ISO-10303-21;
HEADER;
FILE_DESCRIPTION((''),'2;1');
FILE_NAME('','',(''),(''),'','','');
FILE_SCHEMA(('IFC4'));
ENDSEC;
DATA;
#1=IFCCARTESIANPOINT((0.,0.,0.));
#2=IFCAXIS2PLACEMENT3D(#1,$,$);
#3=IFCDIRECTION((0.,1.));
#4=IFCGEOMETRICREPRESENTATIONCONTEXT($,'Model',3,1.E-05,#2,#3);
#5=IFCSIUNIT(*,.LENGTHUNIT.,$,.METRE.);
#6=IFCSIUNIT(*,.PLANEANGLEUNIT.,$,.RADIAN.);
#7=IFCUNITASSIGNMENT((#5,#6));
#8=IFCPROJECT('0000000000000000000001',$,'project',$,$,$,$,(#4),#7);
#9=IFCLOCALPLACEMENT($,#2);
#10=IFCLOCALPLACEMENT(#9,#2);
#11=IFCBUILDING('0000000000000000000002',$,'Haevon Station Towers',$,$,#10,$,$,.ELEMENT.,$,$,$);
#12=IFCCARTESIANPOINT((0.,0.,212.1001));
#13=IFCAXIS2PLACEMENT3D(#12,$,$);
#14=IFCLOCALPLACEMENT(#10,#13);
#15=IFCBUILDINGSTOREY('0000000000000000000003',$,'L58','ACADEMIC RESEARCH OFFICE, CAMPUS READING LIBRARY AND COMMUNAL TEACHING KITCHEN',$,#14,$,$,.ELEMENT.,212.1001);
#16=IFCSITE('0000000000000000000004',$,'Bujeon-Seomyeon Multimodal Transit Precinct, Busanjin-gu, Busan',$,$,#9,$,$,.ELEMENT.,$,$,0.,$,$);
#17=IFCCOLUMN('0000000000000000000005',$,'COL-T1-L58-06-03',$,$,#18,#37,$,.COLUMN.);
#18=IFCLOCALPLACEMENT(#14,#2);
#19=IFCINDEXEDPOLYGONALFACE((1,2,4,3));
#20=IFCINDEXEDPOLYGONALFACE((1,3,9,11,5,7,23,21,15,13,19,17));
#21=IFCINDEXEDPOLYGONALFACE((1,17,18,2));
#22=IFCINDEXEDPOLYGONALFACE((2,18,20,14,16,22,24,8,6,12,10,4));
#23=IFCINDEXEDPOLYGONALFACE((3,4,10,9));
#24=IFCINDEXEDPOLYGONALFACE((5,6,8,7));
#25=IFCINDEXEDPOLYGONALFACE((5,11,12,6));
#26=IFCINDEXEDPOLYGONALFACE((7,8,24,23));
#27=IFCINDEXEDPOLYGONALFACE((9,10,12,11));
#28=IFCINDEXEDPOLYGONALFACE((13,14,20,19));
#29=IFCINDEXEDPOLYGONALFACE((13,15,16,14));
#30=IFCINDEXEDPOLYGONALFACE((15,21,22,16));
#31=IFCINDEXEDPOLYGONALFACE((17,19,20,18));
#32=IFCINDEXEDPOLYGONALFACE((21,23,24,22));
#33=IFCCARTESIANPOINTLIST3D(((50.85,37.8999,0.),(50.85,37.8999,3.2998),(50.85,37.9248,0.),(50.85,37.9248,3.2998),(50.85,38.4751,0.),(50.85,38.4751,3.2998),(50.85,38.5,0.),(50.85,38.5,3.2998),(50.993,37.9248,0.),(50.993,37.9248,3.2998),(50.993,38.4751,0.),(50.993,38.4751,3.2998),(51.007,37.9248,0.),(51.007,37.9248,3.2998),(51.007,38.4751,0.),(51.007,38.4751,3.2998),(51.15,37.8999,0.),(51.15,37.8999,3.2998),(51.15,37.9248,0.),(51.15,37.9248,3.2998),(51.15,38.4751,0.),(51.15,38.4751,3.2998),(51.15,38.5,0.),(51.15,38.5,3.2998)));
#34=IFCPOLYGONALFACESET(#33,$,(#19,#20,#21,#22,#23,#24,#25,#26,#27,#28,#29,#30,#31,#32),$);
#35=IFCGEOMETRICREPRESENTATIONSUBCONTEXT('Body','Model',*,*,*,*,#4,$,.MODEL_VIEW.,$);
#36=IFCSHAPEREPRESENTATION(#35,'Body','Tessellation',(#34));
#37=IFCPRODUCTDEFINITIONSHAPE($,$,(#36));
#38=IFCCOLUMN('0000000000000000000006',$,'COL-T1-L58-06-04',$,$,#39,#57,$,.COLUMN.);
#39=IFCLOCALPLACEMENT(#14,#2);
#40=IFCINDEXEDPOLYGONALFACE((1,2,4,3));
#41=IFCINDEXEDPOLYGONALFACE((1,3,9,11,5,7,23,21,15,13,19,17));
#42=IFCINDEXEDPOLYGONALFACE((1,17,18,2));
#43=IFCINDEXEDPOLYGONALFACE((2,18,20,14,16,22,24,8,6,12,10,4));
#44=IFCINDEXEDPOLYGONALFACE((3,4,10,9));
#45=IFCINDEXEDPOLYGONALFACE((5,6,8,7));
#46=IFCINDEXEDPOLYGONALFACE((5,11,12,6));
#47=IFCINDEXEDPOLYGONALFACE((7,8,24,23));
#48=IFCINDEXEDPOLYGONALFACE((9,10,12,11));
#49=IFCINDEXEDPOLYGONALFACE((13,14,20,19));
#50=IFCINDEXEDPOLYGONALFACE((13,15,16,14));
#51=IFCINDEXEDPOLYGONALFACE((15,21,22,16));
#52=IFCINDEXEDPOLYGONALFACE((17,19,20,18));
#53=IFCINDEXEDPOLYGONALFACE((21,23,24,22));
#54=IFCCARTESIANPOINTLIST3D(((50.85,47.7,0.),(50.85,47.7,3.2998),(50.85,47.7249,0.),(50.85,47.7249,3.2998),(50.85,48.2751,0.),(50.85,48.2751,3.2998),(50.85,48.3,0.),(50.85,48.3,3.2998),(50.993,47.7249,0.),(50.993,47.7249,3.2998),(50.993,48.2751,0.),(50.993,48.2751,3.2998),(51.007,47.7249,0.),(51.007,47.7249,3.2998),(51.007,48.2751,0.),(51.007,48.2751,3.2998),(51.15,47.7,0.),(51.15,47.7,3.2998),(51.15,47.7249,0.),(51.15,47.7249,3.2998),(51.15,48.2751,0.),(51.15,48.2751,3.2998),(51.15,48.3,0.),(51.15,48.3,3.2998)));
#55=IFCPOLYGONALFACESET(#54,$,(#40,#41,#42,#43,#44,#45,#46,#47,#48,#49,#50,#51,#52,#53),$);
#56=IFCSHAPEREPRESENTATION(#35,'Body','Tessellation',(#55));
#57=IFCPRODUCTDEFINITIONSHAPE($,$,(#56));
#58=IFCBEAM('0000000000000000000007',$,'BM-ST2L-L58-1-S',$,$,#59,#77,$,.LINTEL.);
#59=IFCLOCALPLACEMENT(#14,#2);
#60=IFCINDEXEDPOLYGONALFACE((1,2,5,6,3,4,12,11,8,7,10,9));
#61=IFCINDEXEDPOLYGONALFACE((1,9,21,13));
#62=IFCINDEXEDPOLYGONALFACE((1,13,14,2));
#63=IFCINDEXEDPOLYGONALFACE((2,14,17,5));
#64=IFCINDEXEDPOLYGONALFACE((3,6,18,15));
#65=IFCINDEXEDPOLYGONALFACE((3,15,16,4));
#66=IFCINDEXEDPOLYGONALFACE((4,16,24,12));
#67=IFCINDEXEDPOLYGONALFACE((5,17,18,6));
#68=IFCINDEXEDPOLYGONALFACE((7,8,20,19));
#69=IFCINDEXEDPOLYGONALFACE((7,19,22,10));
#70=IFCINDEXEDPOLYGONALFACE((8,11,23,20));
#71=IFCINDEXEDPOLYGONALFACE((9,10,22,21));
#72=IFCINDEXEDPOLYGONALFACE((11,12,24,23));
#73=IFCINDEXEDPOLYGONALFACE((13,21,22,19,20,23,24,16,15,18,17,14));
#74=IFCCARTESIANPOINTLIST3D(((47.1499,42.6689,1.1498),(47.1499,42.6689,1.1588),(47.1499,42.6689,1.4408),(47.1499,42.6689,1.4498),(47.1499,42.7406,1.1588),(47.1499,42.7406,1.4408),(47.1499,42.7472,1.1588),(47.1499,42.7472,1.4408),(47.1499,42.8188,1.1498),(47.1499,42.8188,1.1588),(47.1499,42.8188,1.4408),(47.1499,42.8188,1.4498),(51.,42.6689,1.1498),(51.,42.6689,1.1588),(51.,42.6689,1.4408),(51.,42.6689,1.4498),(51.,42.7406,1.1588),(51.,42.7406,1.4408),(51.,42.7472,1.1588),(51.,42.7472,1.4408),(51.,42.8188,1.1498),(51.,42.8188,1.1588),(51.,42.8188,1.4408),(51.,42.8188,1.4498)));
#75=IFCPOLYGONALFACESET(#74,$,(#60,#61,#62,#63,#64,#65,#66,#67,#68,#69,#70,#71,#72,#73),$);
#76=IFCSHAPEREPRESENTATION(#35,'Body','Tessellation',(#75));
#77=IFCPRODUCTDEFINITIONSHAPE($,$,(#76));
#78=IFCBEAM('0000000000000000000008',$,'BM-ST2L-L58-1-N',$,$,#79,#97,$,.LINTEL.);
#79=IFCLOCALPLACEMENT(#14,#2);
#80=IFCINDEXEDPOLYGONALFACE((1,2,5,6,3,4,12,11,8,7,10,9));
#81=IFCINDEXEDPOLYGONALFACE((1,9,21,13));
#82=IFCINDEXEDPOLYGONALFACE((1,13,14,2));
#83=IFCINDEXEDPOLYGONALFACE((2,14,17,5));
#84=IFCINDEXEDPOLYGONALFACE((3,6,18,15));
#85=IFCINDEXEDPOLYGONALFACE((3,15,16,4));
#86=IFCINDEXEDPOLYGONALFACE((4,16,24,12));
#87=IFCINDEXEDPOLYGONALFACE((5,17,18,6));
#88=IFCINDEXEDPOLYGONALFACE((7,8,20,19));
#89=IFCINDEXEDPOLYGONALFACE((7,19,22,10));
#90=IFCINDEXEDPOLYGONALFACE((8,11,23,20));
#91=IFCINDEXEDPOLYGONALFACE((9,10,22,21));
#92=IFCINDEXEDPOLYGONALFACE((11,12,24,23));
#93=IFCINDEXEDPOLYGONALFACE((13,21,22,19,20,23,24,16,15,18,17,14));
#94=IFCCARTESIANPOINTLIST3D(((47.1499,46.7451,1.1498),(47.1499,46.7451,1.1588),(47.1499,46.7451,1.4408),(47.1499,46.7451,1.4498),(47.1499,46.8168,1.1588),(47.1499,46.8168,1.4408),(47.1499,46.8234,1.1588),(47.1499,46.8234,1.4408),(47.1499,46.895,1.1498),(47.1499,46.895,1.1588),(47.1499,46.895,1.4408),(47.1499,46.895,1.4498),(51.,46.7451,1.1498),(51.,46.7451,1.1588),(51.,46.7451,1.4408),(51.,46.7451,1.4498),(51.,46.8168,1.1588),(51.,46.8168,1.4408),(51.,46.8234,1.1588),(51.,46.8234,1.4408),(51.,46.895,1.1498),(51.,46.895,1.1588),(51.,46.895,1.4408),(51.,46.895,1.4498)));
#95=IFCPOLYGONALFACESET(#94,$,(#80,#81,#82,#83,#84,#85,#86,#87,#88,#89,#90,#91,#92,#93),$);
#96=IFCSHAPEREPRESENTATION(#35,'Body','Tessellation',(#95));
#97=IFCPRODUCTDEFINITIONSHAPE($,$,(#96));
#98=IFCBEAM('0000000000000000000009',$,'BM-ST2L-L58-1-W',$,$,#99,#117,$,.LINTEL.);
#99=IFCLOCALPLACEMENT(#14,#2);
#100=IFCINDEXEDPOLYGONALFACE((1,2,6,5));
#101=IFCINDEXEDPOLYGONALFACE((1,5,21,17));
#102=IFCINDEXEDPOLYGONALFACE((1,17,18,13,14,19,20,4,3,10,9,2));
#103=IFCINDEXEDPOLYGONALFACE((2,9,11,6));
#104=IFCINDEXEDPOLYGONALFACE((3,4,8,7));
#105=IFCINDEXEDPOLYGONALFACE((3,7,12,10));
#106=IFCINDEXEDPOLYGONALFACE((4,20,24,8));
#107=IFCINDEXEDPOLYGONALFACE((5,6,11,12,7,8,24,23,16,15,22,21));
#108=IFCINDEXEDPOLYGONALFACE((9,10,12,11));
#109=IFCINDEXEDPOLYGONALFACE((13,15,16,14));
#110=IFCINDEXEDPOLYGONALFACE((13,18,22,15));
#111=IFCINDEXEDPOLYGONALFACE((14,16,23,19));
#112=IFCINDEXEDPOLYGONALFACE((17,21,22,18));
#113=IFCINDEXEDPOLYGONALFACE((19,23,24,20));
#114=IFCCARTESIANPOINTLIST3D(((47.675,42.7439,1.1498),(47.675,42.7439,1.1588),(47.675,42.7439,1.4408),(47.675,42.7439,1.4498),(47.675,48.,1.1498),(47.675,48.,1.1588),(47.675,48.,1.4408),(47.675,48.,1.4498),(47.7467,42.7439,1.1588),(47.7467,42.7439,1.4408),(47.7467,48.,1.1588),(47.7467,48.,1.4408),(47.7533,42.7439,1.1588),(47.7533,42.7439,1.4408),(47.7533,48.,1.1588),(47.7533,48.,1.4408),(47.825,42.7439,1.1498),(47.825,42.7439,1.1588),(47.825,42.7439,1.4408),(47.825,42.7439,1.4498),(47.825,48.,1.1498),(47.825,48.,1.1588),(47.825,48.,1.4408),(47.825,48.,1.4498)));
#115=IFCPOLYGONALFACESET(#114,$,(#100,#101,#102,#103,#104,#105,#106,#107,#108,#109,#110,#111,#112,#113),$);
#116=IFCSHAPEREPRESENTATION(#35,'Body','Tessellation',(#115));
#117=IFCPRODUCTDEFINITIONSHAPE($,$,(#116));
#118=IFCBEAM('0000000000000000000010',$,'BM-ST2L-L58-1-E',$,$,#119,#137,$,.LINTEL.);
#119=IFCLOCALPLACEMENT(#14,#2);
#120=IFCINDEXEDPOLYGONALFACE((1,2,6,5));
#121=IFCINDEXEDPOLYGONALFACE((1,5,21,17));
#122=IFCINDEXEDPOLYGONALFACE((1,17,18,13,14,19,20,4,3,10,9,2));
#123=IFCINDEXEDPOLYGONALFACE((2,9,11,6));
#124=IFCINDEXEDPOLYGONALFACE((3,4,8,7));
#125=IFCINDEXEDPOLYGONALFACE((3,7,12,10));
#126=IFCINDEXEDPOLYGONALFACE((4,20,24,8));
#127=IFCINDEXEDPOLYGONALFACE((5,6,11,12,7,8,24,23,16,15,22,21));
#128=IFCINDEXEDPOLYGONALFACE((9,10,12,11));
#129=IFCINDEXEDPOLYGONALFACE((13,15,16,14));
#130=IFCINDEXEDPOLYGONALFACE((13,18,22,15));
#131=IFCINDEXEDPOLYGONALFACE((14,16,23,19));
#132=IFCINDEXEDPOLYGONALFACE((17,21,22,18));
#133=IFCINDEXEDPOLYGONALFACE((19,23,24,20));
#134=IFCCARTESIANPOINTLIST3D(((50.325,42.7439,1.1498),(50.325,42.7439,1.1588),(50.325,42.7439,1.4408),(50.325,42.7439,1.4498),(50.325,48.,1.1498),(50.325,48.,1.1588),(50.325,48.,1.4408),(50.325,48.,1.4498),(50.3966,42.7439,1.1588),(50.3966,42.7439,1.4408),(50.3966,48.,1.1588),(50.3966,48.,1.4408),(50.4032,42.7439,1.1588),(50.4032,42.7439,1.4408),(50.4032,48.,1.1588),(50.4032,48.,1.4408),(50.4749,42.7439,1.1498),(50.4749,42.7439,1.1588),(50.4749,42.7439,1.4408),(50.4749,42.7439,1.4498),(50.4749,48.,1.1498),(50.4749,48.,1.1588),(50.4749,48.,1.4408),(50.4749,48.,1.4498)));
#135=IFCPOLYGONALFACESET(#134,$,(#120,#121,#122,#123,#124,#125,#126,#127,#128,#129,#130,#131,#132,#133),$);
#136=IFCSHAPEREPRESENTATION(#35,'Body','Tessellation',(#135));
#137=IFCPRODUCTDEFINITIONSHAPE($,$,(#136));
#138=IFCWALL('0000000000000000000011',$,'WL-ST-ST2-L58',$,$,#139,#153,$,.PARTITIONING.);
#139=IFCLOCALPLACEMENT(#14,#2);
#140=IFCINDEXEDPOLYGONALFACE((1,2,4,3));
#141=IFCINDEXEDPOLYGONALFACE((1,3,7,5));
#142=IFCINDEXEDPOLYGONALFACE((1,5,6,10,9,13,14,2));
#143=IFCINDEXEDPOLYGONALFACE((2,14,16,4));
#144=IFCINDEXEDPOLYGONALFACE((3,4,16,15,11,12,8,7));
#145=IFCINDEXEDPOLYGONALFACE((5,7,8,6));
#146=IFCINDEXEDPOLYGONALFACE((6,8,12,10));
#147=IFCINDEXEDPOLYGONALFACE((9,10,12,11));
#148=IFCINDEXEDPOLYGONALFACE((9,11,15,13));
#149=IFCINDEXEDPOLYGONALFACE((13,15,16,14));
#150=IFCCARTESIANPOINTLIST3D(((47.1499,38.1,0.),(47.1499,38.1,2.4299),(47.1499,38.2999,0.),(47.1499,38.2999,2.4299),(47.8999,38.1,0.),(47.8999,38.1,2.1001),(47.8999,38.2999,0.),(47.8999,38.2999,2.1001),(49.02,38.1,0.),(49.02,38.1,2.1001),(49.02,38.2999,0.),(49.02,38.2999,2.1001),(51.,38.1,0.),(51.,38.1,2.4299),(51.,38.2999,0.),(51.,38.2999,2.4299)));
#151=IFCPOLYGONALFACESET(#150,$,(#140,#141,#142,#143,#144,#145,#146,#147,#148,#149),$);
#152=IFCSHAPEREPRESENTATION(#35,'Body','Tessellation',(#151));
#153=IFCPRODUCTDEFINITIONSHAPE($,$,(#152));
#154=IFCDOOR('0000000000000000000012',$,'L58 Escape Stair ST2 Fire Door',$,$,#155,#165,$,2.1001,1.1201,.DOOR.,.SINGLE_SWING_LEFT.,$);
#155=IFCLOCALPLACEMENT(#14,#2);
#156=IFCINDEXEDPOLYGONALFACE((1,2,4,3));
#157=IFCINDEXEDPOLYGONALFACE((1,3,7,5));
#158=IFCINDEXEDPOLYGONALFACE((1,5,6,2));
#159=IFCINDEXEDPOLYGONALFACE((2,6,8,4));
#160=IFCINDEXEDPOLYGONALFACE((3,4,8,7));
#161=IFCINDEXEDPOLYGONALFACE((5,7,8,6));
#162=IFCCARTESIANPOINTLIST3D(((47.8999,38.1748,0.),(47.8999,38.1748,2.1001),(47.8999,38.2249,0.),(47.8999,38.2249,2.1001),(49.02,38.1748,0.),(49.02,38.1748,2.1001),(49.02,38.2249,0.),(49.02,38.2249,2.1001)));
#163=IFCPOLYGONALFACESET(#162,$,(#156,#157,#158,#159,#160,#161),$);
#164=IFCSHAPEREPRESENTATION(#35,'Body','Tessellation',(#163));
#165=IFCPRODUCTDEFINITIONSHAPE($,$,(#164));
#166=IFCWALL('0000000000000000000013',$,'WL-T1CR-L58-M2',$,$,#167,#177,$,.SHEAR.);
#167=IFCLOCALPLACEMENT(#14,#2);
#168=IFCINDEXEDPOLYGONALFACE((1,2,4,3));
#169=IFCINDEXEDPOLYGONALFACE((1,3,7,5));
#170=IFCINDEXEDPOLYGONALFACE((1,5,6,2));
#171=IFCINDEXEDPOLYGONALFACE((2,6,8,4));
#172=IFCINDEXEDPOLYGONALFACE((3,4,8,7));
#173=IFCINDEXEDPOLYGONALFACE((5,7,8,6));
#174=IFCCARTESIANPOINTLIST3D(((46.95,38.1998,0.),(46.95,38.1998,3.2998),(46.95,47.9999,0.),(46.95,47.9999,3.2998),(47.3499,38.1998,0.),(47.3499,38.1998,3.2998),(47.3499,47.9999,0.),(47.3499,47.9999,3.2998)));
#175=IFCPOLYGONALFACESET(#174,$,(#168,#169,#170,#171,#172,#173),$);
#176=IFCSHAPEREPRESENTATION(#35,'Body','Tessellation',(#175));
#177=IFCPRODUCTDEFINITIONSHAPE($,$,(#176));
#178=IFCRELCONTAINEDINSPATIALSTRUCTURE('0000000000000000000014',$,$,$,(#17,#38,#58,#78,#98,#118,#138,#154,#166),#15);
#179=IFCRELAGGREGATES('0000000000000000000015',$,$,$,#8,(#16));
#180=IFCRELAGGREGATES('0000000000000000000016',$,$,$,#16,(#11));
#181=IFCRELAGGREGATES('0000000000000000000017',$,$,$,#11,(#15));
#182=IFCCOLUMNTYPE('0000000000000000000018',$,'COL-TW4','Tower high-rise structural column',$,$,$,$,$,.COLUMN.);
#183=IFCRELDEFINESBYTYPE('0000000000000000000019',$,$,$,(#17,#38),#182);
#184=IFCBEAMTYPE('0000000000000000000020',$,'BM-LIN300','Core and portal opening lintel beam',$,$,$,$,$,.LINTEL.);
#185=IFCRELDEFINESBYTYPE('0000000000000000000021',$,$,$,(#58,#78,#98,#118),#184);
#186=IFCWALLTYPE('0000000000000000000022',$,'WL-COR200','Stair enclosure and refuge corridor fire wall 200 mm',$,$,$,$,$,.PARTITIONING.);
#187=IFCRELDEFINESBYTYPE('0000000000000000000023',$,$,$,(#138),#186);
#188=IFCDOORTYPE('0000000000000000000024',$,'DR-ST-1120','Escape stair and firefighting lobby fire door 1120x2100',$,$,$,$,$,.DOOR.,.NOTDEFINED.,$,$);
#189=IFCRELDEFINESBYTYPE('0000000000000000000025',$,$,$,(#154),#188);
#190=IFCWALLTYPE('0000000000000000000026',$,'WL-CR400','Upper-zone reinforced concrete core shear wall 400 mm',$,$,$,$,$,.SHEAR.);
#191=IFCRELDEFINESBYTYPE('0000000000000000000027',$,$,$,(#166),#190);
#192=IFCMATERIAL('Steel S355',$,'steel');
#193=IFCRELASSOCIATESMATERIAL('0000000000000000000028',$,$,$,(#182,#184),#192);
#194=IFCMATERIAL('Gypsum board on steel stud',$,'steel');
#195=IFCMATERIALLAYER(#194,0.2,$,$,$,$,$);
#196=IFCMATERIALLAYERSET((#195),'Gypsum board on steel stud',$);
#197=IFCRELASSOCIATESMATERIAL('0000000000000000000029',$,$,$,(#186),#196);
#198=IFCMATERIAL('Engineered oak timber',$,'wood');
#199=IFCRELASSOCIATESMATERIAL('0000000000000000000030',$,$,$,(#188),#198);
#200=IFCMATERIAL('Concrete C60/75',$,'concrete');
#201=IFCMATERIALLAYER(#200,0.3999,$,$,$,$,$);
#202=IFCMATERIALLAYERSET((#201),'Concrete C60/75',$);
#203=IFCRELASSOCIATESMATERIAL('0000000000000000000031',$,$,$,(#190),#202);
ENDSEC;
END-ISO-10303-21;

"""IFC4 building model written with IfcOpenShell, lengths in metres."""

from ifc_helpers import new_model, si_unit, direction, frame, frame_2d, origin, origin_2d, place, context, subcontext, project, spatial, rectangle, i_section, extrude, material, layer, layer_set, material_profile, profile_set, type_object, element, fill, save


model = new_model("IFC4")

# Units and contexts
model_context = context("Model", 3, precision=1e-05, world=origin(), true_north=direction((0.0, 1.0)))
body_context = subcontext(model_context, "Body", "Model", "MODEL_VIEW")
ifc_project = project(units=[si_unit("LENGTHUNIT", "METRE"), si_unit("PLANEANGLEUNIT", "RADIAN")], contexts=[model_context])

# Site, building, storey
site_placement = place(None, origin())
site = spatial("IfcSite", under=ifc_project, at=site_placement, Name="Bujeon-Seomyeon Multimodal Transit Precinct, Busanjin-gu, Busan", CompositionType="ELEMENT", RefElevation=0.0)
building_placement = place(site_placement, origin())
building = spatial("IfcBuilding", under=site, at=building_placement, Name="Haevon Station Towers", CompositionType="ELEMENT")
storey_placement = place(building_placement, frame((0.0, 0.0, 212.1001)))
storey = spatial("IfcBuildingStorey", under=building, at=storey_placement, Name="L58", Description="ACADEMIC RESEARCH OFFICE, CAMPUS READING LIBRARY AND COMMUNAL TEACHING KITCHEN", CompositionType="ELEMENT", Elevation=212.1001)

# Columns
ifc_material_1 = material(Name="Steel S355", Category="steel")
ifc_material_profile_1 = material_profile(ifc_material_1, i_section(OverallWidth=0.3, OverallDepth=0.6001, WebThickness=0.0139, FlangeThickness=0.0249, at=origin_2d()), Name="H-600x300x14x25")
ifc_profile_set_1 = profile_set([ifc_material_profile_1], Name="Steel S355")
column_type = type_object("IfcColumnType", Name="COL-TW4", Description="Tower high-rise structural column", PredefinedType="COLUMN", material=ifc_profile_set_1)
for number, where, z_axis, x_axis, name in (
    (1, (51.0, 38.2, 0.0), (0.0, 0.0, 1.0), (1.0, 0.0, 0.0), "COL-T1-L58-06-03"),
    (2, (51.0, 48.0, 0.0), (0.0, 0.0, 1.0), (1.0, 0.0, 0.0), "COL-T1-L58-06-04"),
):
    element("IfcColumn", number, at=place(storey_placement, frame(where, z_axis=z_axis, x_axis=x_axis)), inside=storey, type_object=column_type, Name=name, PredefinedType="COLUMN", context=body_context, shape_type="SweptSolid", body=[
        extrude(i_section(OverallWidth=0.3, OverallDepth=0.6001, WebThickness=0.0139, FlangeThickness=0.0249, at=origin_2d()), origin(), (0.0, 0.0, 1.0), 3.2998),
    ])

# Beams
ifc_material_profile_2 = material_profile(ifc_material_1, i_section(OverallWidth=0.1499, OverallDepth=0.3, WebThickness=0.0066, FlangeThickness=0.009, at=origin_2d()), Name="H-300x150x6.5x9")
ifc_profile_set_2 = profile_set([ifc_material_profile_2], Name="Steel S355")
beam_type = type_object("IfcBeamType", Name="BM-LIN300", Description="Core and portal opening lintel beam", PredefinedType="LINTEL", material=ifc_profile_set_2)
for number, where, z_axis, x_axis, name in (
    (3, (47.1499, 42.7439, 1.2998), (1.0, 0.0, 0.0), (0.0, 1.0, 0.0), "BM-ST2L-L58-1-S"),
    (4, (47.1499, 46.8201, 1.2998), (1.0, 0.0, 0.0), (0.0, 1.0, 0.0), "BM-ST2L-L58-1-N"),
):
    element("IfcBeam", number, at=place(storey_placement, frame(where, z_axis=z_axis, x_axis=x_axis)), inside=storey, type_object=beam_type, Name=name, PredefinedType="LINTEL", context=body_context, shape_type="SweptSolid", body=[
        extrude(i_section(OverallWidth=0.1499, OverallDepth=0.3, WebThickness=0.0066, FlangeThickness=0.009, at=origin_2d()), origin(), (0.0, 0.0, 1.0), 3.8501),
    ])
for number, where, z_axis, x_axis, name in (
    (5, (47.75, 42.7439, 1.2998), (0.0, 1.0, 0.0), (-1.0, 0.0, 0.0), "BM-ST2L-L58-1-W"),
    (6, (50.3999, 42.7439, 1.2998), (0.0, 1.0, 0.0), (-1.0, 0.0, 0.0), "BM-ST2L-L58-1-E"),
):
    element("IfcBeam", number, at=place(storey_placement, frame(where, z_axis=z_axis, x_axis=x_axis)), inside=storey, type_object=beam_type, Name=name, PredefinedType="LINTEL", context=body_context, shape_type="SweptSolid", body=[
        extrude(i_section(OverallWidth=0.1499, OverallDepth=0.3, WebThickness=0.0066, FlangeThickness=0.009, at=origin_2d()), origin(), (0.0, 0.0, 1.0), 5.2561),
    ])

# Wall, opening, door
ifc_material_2 = material(Name="Gypsum board on steel stud", Category="steel")
ifc_layer_1 = layer(ifc_material_2, 0.2)
ifc_layer_set_1 = layer_set([ifc_layer_1], Name="Gypsum board on steel stud")
wall_type_1 = type_object("IfcWallType", Name="WL-COR200", Description="Stair enclosure and refuge corridor fire wall 200 mm", PredefinedType="PARTITIONING", material=ifc_layer_set_1)
wall_1_placement = place(storey_placement, frame((47.1499, 38.2, 0.0), z_axis=(0.0, 0.0, 1.0), x_axis=(1.0, 0.0, 0.0)))
wall_1 = element("IfcWall", 7, at=wall_1_placement, inside=storey, type_object=wall_type_1, Name="WL-ST-ST2-L58", PredefinedType="PARTITIONING", context=body_context, shape_type="SweptSolid", body=[
    extrude(rectangle(XDim=3.8501, YDim=0.2, at=frame_2d((1.925, 0.0))), origin(), (0.0, 0.0, 1.0), 2.4299),
])
opening_placement = place(wall_1_placement, frame((0.75, 0.0, 0.0)))
opening = element("IfcOpeningElement", 8, at=opening_placement, cuts=wall_1, PredefinedType="OPENING", context=body_context, shape_type="SweptSolid", body=[
    extrude(rectangle(XDim=1.1201, YDim=2.1001, at=frame_2d((0.5601, 1.05))), frame((0.0, 0.1099, 0.0), z_axis=(0.0, -1.0, 0.0), x_axis=(1.0, 0.0, 0.0)), (0.0, 0.0, 1.0), 0.22),
])
ifc_material_3 = material(Name="Engineered oak timber", Category="wood")
door_type = type_object("IfcDoorType", Name="DR-ST-1120", Description="Escape stair and firefighting lobby fire door 1120x2100", OperationType="NOTDEFINED", PredefinedType="DOOR", material=ifc_material_3)
door_placement = place(opening_placement, origin())
door = element("IfcDoor", 9, at=door_placement, inside=storey, type_object=door_type, Name="L58 Escape Stair ST2 Fire Door", OperationType="SINGLE_SWING_LEFT", OverallHeight=2.1001, OverallWidth=1.1201, PredefinedType="DOOR", context=body_context, shape_type="SweptSolid", body=[
    extrude(rectangle(XDim=1.1201, YDim=2.1001, at=frame_2d((0.5601, 1.05))), frame((0.0, 0.0249, 0.0), z_axis=(0.0, -1.0, 0.0), x_axis=(1.0, 0.0, 0.0)), (0.0, 0.0, 1.0), 0.05),
])
fill(opening, door)

# Wall
ifc_material_4 = material(Name="Concrete C60/75", Category="concrete")
ifc_layer_2 = layer(ifc_material_4, 0.3999)
ifc_layer_set_2 = layer_set([ifc_layer_2], Name="Concrete C60/75")
wall_type_2 = type_object("IfcWallType", Name="WL-CR400", Description="Upper-zone reinforced concrete core shear wall 400 mm", PredefinedType="SHEAR", material=ifc_layer_set_2)
wall_2_placement = place(storey_placement, frame((47.1499, 38.2, 0.0), z_axis=(0.0, 0.0, 1.0), x_axis=(0.0, 1.0, 0.0)))
element("IfcWall", 10, at=wall_2_placement, inside=storey, type_object=wall_type_2, Name="WL-T1CR-L58-M2", PredefinedType="SHEAR", context=body_context, shape_type="SweptSolid", body=[
    extrude(rectangle(XDim=9.8, YDim=0.3999, at=frame_2d((4.8999, 0.0))), origin(), (0.0, 0.0, 1.0), 3.2998),
])

save(model, "model.ifc")
